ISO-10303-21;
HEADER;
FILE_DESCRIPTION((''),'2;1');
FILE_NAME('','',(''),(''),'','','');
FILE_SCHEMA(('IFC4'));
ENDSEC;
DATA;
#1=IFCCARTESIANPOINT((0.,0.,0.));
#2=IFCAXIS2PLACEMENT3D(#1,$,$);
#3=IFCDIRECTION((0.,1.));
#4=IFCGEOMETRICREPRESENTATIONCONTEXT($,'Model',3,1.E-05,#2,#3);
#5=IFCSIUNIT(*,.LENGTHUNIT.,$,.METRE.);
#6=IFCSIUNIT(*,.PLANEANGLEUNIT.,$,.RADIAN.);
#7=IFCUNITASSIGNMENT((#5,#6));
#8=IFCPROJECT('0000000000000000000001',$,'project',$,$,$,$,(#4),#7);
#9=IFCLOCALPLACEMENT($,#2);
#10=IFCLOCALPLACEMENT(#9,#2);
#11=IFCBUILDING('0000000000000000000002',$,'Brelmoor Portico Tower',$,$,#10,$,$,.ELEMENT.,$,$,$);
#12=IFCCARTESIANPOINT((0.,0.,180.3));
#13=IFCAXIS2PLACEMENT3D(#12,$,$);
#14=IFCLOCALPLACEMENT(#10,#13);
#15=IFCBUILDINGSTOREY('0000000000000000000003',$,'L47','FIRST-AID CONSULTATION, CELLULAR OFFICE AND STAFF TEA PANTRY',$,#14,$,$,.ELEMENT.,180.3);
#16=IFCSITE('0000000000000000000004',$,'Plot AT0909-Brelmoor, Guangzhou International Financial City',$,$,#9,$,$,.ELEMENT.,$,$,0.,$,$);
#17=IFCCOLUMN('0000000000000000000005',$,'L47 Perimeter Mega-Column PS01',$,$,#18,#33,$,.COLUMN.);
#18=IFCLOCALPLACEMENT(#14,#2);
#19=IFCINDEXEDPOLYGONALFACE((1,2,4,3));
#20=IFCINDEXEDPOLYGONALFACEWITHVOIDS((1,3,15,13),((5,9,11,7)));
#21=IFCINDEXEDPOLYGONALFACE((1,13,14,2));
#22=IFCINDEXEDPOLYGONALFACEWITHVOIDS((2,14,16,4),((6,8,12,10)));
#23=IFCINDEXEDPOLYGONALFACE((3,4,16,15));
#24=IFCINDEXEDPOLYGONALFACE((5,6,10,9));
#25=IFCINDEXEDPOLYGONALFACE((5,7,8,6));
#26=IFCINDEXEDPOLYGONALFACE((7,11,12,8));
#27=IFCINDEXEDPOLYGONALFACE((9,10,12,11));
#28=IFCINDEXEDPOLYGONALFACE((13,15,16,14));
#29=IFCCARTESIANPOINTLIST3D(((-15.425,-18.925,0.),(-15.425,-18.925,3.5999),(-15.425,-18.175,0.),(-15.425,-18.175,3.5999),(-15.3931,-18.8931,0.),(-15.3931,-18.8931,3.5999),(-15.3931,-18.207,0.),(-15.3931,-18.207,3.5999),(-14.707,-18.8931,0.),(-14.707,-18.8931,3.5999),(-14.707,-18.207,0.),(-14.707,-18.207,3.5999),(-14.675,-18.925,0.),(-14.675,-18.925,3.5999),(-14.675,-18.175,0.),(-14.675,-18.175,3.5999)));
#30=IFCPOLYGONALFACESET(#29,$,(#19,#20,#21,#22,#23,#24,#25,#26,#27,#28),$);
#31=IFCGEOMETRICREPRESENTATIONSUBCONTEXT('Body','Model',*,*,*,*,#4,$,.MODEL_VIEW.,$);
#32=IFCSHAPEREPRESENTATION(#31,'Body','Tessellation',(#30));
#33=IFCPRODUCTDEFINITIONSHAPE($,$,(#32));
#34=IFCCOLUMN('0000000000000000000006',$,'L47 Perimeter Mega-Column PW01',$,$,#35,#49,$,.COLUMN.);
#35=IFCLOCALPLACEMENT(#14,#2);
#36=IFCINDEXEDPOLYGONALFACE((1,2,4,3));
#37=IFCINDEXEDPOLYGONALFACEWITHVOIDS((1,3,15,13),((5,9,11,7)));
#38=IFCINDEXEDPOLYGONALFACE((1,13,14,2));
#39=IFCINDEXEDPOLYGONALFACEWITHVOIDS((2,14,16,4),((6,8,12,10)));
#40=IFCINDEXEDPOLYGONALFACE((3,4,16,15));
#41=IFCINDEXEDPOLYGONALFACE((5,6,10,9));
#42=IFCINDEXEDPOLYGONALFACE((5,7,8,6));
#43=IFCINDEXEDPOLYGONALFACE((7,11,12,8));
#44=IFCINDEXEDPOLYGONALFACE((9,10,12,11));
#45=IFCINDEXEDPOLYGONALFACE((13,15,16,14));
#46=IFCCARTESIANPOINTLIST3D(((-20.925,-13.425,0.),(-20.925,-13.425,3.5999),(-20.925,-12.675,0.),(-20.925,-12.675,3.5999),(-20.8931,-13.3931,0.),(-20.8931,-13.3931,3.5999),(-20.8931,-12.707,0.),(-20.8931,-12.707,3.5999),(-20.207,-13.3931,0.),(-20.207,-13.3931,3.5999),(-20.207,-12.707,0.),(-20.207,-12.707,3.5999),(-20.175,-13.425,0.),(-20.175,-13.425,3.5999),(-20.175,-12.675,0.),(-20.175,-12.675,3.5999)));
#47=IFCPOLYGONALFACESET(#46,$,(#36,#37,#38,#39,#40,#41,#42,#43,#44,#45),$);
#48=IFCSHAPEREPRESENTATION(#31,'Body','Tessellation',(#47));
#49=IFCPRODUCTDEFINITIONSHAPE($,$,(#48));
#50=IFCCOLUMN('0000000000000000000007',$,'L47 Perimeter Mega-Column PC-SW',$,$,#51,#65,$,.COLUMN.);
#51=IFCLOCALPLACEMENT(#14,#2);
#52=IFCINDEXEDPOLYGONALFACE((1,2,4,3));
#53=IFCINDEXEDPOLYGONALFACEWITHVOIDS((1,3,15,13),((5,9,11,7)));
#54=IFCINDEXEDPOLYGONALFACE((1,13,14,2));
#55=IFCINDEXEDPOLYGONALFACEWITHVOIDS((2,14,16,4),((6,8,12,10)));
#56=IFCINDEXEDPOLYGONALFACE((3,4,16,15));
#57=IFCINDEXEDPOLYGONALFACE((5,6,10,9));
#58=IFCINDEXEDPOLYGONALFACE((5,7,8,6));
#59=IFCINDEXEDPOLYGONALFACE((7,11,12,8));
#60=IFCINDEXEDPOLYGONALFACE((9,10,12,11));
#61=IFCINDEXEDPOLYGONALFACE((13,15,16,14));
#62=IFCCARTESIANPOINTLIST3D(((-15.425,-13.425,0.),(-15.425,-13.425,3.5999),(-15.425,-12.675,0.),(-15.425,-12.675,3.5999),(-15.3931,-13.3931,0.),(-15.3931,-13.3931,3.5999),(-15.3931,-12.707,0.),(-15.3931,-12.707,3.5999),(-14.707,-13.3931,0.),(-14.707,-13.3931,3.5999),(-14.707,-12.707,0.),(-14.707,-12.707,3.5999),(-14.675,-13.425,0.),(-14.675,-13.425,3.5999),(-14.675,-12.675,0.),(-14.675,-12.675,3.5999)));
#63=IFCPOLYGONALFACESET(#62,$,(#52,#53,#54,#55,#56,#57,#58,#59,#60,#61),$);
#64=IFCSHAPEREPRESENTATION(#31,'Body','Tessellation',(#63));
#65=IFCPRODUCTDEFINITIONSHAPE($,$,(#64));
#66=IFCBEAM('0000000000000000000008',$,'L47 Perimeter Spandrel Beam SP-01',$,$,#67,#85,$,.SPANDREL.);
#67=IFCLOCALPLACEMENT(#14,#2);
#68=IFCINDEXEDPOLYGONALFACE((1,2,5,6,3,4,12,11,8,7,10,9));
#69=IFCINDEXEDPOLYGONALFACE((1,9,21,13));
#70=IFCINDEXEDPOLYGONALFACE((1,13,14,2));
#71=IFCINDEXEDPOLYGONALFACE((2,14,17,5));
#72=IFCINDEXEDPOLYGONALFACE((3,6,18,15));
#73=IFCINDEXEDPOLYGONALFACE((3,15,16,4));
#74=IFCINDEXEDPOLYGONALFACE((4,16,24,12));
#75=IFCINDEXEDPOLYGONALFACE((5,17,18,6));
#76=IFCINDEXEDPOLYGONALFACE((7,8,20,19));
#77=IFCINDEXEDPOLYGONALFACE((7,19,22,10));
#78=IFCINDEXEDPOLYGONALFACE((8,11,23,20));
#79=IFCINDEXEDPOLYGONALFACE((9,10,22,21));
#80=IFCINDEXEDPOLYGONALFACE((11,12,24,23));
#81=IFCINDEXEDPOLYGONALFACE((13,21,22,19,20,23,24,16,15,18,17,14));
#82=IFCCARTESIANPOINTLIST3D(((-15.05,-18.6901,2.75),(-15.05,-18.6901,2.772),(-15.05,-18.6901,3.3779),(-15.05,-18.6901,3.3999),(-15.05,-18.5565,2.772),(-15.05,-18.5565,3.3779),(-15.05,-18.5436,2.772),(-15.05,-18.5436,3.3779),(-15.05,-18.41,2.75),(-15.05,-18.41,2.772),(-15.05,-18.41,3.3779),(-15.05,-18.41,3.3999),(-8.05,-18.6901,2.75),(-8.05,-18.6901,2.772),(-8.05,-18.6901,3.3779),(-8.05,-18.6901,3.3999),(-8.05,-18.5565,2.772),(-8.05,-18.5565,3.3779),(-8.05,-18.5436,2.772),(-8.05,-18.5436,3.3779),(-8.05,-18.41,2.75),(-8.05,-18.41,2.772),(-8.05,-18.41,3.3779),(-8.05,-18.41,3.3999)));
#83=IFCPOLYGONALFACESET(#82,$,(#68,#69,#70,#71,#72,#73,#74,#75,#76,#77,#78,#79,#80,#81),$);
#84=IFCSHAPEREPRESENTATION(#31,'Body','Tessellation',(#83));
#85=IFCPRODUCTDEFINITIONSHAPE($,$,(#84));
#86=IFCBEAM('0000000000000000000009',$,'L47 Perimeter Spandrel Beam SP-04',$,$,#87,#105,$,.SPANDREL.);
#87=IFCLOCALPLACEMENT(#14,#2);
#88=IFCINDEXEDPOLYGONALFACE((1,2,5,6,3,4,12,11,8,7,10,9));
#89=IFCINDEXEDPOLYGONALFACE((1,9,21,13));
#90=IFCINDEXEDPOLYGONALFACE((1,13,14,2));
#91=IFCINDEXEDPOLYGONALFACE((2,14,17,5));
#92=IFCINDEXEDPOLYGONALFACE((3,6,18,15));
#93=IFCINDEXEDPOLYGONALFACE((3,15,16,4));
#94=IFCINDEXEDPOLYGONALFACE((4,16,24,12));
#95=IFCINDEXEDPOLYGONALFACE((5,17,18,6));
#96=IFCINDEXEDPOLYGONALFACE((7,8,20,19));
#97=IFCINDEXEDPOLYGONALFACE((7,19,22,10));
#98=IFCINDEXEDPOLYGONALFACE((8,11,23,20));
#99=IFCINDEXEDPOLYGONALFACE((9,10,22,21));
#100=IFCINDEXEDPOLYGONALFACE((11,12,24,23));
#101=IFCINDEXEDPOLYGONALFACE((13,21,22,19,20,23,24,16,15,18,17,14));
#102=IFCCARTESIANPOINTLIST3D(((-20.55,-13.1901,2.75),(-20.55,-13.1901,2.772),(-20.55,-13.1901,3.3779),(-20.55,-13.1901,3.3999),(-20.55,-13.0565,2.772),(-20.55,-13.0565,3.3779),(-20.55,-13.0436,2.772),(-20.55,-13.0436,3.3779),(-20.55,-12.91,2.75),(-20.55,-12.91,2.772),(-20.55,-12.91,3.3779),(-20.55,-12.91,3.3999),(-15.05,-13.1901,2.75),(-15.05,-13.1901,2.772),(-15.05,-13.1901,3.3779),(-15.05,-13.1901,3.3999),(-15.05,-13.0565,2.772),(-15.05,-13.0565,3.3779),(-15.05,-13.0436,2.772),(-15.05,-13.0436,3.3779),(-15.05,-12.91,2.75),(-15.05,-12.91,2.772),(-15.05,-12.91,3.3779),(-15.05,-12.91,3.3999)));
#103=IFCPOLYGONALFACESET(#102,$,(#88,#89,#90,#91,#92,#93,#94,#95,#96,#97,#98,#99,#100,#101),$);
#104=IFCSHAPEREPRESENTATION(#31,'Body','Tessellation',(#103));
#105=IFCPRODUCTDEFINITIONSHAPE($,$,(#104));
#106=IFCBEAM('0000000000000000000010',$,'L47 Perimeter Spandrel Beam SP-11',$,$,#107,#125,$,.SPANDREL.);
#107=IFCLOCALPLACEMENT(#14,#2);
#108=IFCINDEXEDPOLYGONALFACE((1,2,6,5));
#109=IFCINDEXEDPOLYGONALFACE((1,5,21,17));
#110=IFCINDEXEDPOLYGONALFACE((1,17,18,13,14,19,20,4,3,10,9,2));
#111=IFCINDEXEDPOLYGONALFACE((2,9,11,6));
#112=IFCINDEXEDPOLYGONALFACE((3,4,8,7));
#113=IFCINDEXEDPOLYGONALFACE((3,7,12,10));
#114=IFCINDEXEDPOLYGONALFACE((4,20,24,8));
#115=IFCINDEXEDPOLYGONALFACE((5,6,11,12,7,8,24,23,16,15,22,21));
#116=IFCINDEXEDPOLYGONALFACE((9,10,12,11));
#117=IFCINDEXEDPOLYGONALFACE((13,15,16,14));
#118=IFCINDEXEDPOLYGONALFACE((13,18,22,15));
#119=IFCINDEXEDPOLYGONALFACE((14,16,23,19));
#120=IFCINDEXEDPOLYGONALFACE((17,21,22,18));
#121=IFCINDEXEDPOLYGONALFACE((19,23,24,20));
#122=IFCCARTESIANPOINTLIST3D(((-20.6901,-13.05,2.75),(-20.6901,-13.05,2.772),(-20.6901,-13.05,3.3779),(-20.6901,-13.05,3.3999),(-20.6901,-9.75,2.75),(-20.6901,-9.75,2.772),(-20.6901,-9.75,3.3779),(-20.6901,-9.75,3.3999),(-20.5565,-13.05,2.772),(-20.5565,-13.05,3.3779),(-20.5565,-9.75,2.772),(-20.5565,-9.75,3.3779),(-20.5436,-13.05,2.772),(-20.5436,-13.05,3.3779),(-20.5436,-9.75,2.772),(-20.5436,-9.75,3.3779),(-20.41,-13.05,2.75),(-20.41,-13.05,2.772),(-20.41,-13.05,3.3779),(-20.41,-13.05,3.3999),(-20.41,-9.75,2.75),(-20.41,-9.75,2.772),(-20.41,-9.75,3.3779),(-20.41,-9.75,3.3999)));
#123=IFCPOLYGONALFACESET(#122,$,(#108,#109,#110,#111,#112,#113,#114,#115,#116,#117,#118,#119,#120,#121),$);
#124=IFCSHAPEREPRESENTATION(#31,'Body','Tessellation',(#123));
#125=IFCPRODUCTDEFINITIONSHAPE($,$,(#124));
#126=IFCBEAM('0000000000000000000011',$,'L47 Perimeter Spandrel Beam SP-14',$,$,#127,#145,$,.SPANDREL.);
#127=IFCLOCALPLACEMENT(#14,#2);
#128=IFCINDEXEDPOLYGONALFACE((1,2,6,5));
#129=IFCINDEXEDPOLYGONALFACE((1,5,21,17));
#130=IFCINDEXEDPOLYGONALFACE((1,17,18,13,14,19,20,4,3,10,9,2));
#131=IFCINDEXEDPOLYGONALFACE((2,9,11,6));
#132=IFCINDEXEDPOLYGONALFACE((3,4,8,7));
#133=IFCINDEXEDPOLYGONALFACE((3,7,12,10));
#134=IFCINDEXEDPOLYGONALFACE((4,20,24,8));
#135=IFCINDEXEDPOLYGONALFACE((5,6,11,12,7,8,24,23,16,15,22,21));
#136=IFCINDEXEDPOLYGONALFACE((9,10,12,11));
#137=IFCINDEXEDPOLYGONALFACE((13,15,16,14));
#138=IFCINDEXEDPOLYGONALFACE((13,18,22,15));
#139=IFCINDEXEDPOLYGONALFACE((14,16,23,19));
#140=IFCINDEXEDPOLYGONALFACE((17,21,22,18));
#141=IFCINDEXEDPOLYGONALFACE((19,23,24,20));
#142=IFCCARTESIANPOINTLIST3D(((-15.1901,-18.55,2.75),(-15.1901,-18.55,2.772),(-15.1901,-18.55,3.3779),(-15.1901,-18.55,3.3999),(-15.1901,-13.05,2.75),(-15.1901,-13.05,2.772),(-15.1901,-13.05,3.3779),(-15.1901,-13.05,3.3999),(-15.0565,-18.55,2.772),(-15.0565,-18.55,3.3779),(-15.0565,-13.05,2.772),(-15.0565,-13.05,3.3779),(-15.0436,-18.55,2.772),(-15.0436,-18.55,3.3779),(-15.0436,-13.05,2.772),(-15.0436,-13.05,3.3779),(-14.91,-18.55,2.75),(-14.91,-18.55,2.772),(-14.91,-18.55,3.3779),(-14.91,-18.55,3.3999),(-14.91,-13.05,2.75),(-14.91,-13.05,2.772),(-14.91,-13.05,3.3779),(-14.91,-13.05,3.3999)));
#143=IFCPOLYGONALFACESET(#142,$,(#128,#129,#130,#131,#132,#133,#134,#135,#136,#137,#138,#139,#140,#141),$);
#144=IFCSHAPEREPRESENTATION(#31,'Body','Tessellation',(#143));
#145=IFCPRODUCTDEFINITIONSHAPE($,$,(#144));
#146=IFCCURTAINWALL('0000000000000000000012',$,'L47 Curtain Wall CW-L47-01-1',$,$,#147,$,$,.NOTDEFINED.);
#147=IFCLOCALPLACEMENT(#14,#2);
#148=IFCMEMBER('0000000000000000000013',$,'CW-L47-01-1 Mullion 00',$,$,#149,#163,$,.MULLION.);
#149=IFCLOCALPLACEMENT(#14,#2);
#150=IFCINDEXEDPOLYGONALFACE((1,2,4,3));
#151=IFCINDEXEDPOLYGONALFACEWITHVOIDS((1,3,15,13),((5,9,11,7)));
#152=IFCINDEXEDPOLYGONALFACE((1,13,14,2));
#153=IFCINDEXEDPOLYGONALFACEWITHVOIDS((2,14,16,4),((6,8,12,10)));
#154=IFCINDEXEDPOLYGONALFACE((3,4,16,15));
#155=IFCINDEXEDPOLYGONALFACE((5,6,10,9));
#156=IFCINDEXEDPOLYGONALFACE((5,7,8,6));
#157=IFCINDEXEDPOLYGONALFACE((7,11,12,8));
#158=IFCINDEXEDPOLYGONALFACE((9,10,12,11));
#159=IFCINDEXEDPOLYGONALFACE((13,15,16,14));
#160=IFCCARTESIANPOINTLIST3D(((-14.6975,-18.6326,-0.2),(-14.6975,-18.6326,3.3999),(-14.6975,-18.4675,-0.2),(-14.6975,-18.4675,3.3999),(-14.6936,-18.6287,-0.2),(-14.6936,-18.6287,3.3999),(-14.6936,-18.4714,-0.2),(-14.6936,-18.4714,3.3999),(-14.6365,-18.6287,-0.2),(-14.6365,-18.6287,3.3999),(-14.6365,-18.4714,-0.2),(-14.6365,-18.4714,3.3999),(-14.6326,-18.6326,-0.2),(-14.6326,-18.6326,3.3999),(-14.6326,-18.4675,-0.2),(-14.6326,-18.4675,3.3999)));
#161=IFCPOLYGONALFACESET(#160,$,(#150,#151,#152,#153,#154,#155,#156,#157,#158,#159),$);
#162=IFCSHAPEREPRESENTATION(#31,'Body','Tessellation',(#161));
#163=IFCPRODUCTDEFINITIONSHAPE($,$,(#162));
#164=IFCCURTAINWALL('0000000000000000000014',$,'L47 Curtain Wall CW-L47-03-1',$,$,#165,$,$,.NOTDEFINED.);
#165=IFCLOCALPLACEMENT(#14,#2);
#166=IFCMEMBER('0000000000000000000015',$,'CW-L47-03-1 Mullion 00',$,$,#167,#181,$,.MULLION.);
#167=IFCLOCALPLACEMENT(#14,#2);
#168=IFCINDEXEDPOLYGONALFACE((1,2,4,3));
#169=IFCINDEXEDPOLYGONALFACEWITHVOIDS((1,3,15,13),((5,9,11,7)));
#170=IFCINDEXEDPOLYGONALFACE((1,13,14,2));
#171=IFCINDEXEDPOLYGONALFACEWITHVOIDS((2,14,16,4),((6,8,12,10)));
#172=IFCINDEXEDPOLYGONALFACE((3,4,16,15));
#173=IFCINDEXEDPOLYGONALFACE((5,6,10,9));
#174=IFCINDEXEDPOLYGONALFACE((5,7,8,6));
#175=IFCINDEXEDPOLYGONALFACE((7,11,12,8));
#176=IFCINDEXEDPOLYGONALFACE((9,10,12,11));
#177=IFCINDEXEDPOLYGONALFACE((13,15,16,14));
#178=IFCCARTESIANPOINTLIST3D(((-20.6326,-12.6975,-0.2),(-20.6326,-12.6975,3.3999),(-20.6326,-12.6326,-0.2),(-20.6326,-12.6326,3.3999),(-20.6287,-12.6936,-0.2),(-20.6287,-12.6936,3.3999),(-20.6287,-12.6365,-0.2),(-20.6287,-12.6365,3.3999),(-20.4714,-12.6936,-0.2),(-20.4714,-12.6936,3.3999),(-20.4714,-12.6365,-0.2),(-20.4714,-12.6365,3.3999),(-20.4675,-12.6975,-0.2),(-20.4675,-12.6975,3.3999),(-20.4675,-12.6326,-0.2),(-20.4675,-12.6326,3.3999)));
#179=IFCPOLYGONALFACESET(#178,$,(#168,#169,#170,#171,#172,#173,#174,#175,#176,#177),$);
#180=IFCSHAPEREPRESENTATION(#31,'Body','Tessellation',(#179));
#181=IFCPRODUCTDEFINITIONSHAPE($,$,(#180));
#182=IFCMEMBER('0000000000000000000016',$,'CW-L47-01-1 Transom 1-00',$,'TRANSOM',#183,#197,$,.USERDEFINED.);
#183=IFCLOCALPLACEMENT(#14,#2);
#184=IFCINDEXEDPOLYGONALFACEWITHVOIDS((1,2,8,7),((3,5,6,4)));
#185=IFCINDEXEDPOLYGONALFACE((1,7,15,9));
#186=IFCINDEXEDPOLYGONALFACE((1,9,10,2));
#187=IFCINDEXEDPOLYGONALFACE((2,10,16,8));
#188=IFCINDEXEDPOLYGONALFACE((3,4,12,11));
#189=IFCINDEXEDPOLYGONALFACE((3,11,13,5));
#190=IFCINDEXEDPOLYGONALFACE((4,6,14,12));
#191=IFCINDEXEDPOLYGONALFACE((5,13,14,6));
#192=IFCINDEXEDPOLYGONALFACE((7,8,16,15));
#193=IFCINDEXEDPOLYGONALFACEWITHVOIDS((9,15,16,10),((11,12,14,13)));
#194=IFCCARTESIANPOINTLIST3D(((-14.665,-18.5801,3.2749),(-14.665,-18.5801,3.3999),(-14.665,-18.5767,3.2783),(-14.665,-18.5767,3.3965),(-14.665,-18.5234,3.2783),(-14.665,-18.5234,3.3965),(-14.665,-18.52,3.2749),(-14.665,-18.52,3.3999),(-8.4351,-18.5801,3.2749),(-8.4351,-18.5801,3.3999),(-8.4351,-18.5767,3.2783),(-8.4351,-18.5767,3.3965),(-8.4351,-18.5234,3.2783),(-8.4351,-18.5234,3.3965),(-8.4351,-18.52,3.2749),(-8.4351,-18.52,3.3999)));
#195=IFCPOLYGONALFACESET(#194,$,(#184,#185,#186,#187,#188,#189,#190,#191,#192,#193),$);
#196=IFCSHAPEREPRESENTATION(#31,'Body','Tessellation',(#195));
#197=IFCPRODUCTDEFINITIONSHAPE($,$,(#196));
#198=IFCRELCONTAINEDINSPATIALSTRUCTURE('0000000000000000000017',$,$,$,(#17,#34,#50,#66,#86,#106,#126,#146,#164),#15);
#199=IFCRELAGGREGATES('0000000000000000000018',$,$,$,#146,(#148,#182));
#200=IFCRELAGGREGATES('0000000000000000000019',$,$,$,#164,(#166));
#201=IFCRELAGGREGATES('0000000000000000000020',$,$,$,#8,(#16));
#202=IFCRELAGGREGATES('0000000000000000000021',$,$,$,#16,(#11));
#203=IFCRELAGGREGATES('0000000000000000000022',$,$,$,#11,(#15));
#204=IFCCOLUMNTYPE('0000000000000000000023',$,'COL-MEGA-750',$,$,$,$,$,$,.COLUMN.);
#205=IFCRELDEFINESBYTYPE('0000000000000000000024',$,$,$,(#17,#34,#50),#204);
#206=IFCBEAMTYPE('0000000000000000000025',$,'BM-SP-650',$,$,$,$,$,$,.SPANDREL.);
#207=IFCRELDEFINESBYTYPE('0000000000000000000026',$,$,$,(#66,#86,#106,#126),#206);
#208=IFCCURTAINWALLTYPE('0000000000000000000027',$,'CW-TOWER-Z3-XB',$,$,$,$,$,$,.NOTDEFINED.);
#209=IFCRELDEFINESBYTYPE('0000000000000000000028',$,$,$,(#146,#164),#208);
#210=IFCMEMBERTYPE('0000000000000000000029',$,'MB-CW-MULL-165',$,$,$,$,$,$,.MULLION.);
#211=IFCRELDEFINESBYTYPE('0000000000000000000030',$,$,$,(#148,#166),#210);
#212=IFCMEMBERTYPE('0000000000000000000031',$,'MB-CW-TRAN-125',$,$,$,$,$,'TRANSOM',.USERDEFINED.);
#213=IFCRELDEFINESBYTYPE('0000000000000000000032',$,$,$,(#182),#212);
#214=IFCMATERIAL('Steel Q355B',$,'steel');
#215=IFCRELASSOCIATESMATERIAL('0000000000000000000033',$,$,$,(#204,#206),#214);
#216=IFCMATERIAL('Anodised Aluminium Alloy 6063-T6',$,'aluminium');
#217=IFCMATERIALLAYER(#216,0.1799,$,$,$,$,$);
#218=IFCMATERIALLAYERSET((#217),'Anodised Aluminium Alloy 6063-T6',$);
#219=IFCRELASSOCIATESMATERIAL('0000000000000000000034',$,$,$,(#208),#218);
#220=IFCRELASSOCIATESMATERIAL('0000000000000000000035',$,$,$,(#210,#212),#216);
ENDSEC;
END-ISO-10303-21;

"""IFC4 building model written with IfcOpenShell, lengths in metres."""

from ifc_helpers import new_model, si_unit, direction, frame, origin, origin_2d, place, context, subcontext, project, spatial, hollow_rectangle, i_section, extrude, material, layer, layer_set, material_profile, profile_set, type_object, element, aggregate, save


model = new_model("IFC4")

# Units and contexts
model_context = context("Model", 3, precision=1e-05, world=origin(), true_north=direction((0.0, 1.0)))
body_context = subcontext(model_context, "Body", "Model", "MODEL_VIEW")
ifc_project = project(units=[si_unit("LENGTHUNIT", "METRE"), si_unit("PLANEANGLEUNIT", "RADIAN")], contexts=[model_context])

# Site, building, storey
site_placement = place(None, origin())
site = spatial("IfcSite", under=ifc_project, at=site_placement, Name="Plot AT0909-Brelmoor, Guangzhou International Financial City", CompositionType="ELEMENT", RefElevation=0.0)
building_placement = place(site_placement, origin())
building = spatial("IfcBuilding", under=site, at=building_placement, Name="Brelmoor Portico Tower", CompositionType="ELEMENT")
storey_placement = place(building_placement, frame((0.0, 0.0, 180.3)))
storey = spatial("IfcBuildingStorey", under=building, at=storey_placement, Name="L47", Description="FIRST-AID CONSULTATION, CELLULAR OFFICE AND STAFF TEA PANTRY", CompositionType="ELEMENT", Elevation=180.3)

# Columns
ifc_material_1 = material(Name="Steel Q355B", Category="steel")
ifc_material_profile_1 = material_profile(ifc_material_1, hollow_rectangle(XDim=0.75, YDim=0.75, WallThickness=0.032, at=origin_2d()), Name="BOX 750x750x32")
ifc_profile_set_1 = profile_set([ifc_material_profile_1], Name="Steel Q355B")
column_type = type_object("IfcColumnType", Name="COL-MEGA-750", PredefinedType="COLUMN", material=ifc_profile_set_1)
for number, where, z_axis, x_axis, name in (
    (1, (-15.05, -18.55, 0.0), (0.0, 0.0, 1.0), (1.0, 0.0, 0.0), "L47 Perimeter Mega-Column PS01"),
    (2, (-20.55, -13.05, 0.0), (0.0, 0.0, 1.0), (0.0, 1.0, 0.0), "L47 Perimeter Mega-Column PW01"),
    (3, (-15.05, -13.05, 0.0), (0.0, 0.0, 1.0), (1.0, 0.0, 0.0), "L47 Perimeter Mega-Column PC-SW"),
):
    element("IfcColumn", number, at=place(storey_placement, frame(where, z_axis=z_axis, x_axis=x_axis)), inside=storey, type_object=column_type, Name=name, PredefinedType="COLUMN", context=body_context, shape_type="SweptSolid", body=[
        extrude(hollow_rectangle(XDim=0.75, YDim=0.75, WallThickness=0.032, at=origin_2d()), origin(), (0.0, 0.0, 1.0), 3.5999),
    ])

# Beams
ifc_material_profile_2 = material_profile(ifc_material_1, i_section(OverallWidth=0.28, OverallDepth=0.6499, WebThickness=0.0129, FlangeThickness=0.022, at=origin_2d()), Name="HN 650x280x13x22")
ifc_profile_set_2 = profile_set([ifc_material_profile_2], Name="Steel Q355B")
beam_type = type_object("IfcBeamType", Name="BM-SP-650", PredefinedType="SPANDREL", material=ifc_profile_set_2)
beam_1_placement = place(storey_placement, frame((-15.05, -18.55, 3.075), z_axis=(1.0, 0.0, 0.0), x_axis=(0.0, 1.0, 0.0)))
element("IfcBeam", 4, at=beam_1_placement, inside=storey, type_object=beam_type, Name="L47 Perimeter Spandrel Beam SP-01", PredefinedType="SPANDREL", context=body_context, shape_type="SweptSolid", body=[
    extrude(i_section(OverallWidth=0.28, OverallDepth=0.6499, WebThickness=0.0129, FlangeThickness=0.022, at=origin_2d()), origin(), (0.0, 0.0, 1.0), 7.0),
])
beam_2_placement = place(storey_placement, frame((-20.55, -13.05, 3.075), z_axis=(1.0, 0.0, 0.0), x_axis=(0.0, 1.0, 0.0)))
element("IfcBeam", 5, at=beam_2_placement, inside=storey, type_object=beam_type, Name="L47 Perimeter Spandrel Beam SP-04", PredefinedType="SPANDREL", context=body_context, shape_type="SweptSolid", body=[
    extrude(i_section(OverallWidth=0.28, OverallDepth=0.6499, WebThickness=0.0129, FlangeThickness=0.022, at=origin_2d()), origin(), (0.0, 0.0, 1.0), 5.5),
])
beam_3_placement = place(storey_placement, frame((-20.55, -13.05, 3.075), z_axis=(0.0, 1.0, 0.0), x_axis=(-1.0, 0.0, 0.0)))
element("IfcBeam", 6, at=beam_3_placement, inside=storey, type_object=beam_type, Name="L47 Perimeter Spandrel Beam SP-11", PredefinedType="SPANDREL", context=body_context, shape_type="SweptSolid", body=[
    extrude(i_section(OverallWidth=0.28, OverallDepth=0.6499, WebThickness=0.0129, FlangeThickness=0.022, at=origin_2d()), origin(), (0.0, 0.0, 1.0), 3.3),
])
beam_4_placement = place(storey_placement, frame((-15.05, -18.55, 3.075), z_axis=(0.0, 1.0, 0.0), x_axis=(-1.0, 0.0, 0.0)))
element("IfcBeam", 7, at=beam_4_placement, inside=storey, type_object=beam_type, Name="L47 Perimeter Spandrel Beam SP-14", PredefinedType="SPANDREL", context=body_context, shape_type="SweptSolid", body=[
    extrude(i_section(OverallWidth=0.28, OverallDepth=0.6499, WebThickness=0.0129, FlangeThickness=0.022, at=origin_2d()), origin(), (0.0, 0.0, 1.0), 5.5),
])

# Curtain walls, members
ifc_material_2 = material(Name="Anodised Aluminium Alloy 6063-T6", Category="aluminium")
ifc_layer_1 = layer(ifc_material_2, 0.1799)
ifc_layer_set_1 = layer_set([ifc_layer_1], Name="Anodised Aluminium Alloy 6063-T6")
curtain_wall_type = type_object("IfcCurtainWallType", Name="CW-TOWER-Z3-XB", PredefinedType="NOTDEFINED", material=ifc_layer_set_1)
curtain_wall_1_placement = place(storey_placement, origin())
curtain_wall_1 = element("IfcCurtainWall", 8, at=curtain_wall_1_placement, inside=storey, type_object=curtain_wall_type, Name="L47 Curtain Wall CW-L47-01-1", PredefinedType="NOTDEFINED")
ifc_material_profile_3 = material_profile(ifc_material_2, hollow_rectangle(XDim=0.0649, YDim=0.165, WallThickness=0.0039, at=origin_2d()), Name="ALU MULLION 65x165")
ifc_profile_set_3 = profile_set([ifc_material_profile_3], Name="Anodised Aluminium Alloy 6063-T6")
member_type_1 = type_object("IfcMemberType", Name="MB-CW-MULL-165", PredefinedType="MULLION", material=ifc_profile_set_3)
member_1_placement = place(storey_placement, frame((-14.665, -18.55, -0.2), z_axis=(0.0, 0.0, 1.0), x_axis=(1.0, 0.0, 0.0)))
member_1 = element("IfcMember", 9, at=member_1_placement, type_object=member_type_1, Name="CW-L47-01-1 Mullion 00", PredefinedType="MULLION", context=body_context, shape_type="SweptSolid", body=[
    extrude(hollow_rectangle(XDim=0.0649, YDim=0.165, WallThickness=0.0039, at=origin_2d()), origin(), (0.0, 0.0, 1.0), 3.5999),
])
curtain_wall_2_placement = place(storey_placement, origin())
curtain_wall_2 = element("IfcCurtainWall", 10, at=curtain_wall_2_placement, inside=storey, type_object=curtain_wall_type, Name="L47 Curtain Wall CW-L47-03-1", PredefinedType="NOTDEFINED")
member_2_placement = place(storey_placement, frame((-20.55, -12.665, -0.2), z_axis=(0.0, 0.0, 1.0), x_axis=(0.0, 1.0, 0.0)))
member_2 = element("IfcMember", 11, at=member_2_placement, type_object=member_type_1, Name="CW-L47-03-1 Mullion 00", PredefinedType="MULLION", context=body_context, shape_type="SweptSolid", body=[
    extrude(hollow_rectangle(XDim=0.0649, YDim=0.165, WallThickness=0.0039, at=origin_2d()), origin(), (0.0, 0.0, 1.0), 3.5999),
])

# Member
ifc_material_profile_4 = material_profile(ifc_material_2, hollow_rectangle(XDim=0.0601, YDim=0.125, WallThickness=0.0034, at=origin_2d()), Name="ALU TRANSOM 60x125")
ifc_profile_set_4 = profile_set([ifc_material_profile_4], Name="Anodised Aluminium Alloy 6063-T6")
member_type_2 = type_object("IfcMemberType", Name="MB-CW-TRAN-125", ElementType="TRANSOM", PredefinedType="USERDEFINED", material=ifc_profile_set_4)
member_3_placement = place(storey_placement, frame((-14.665, -18.55, 3.3374), z_axis=(1.0, 0.0, 0.0), x_axis=(0.0, 1.0, 0.0)))
member_3 = element("IfcMember", 12, at=member_3_placement, type_object=member_type_2, Name="CW-L47-01-1 Transom 1-00", ObjectType="TRANSOM", PredefinedType="USERDEFINED", context=body_context, shape_type="SweptSolid", body=[
    extrude(hollow_rectangle(XDim=0.0601, YDim=0.125, WallThickness=0.0034, at=origin_2d()), origin(), (0.0, 0.0, 1.0), 6.23),
])
aggregate(curtain_wall_1, [member_1, member_3])

aggregate(curtain_wall_2, [member_2])

save(model, "model.ifc")
